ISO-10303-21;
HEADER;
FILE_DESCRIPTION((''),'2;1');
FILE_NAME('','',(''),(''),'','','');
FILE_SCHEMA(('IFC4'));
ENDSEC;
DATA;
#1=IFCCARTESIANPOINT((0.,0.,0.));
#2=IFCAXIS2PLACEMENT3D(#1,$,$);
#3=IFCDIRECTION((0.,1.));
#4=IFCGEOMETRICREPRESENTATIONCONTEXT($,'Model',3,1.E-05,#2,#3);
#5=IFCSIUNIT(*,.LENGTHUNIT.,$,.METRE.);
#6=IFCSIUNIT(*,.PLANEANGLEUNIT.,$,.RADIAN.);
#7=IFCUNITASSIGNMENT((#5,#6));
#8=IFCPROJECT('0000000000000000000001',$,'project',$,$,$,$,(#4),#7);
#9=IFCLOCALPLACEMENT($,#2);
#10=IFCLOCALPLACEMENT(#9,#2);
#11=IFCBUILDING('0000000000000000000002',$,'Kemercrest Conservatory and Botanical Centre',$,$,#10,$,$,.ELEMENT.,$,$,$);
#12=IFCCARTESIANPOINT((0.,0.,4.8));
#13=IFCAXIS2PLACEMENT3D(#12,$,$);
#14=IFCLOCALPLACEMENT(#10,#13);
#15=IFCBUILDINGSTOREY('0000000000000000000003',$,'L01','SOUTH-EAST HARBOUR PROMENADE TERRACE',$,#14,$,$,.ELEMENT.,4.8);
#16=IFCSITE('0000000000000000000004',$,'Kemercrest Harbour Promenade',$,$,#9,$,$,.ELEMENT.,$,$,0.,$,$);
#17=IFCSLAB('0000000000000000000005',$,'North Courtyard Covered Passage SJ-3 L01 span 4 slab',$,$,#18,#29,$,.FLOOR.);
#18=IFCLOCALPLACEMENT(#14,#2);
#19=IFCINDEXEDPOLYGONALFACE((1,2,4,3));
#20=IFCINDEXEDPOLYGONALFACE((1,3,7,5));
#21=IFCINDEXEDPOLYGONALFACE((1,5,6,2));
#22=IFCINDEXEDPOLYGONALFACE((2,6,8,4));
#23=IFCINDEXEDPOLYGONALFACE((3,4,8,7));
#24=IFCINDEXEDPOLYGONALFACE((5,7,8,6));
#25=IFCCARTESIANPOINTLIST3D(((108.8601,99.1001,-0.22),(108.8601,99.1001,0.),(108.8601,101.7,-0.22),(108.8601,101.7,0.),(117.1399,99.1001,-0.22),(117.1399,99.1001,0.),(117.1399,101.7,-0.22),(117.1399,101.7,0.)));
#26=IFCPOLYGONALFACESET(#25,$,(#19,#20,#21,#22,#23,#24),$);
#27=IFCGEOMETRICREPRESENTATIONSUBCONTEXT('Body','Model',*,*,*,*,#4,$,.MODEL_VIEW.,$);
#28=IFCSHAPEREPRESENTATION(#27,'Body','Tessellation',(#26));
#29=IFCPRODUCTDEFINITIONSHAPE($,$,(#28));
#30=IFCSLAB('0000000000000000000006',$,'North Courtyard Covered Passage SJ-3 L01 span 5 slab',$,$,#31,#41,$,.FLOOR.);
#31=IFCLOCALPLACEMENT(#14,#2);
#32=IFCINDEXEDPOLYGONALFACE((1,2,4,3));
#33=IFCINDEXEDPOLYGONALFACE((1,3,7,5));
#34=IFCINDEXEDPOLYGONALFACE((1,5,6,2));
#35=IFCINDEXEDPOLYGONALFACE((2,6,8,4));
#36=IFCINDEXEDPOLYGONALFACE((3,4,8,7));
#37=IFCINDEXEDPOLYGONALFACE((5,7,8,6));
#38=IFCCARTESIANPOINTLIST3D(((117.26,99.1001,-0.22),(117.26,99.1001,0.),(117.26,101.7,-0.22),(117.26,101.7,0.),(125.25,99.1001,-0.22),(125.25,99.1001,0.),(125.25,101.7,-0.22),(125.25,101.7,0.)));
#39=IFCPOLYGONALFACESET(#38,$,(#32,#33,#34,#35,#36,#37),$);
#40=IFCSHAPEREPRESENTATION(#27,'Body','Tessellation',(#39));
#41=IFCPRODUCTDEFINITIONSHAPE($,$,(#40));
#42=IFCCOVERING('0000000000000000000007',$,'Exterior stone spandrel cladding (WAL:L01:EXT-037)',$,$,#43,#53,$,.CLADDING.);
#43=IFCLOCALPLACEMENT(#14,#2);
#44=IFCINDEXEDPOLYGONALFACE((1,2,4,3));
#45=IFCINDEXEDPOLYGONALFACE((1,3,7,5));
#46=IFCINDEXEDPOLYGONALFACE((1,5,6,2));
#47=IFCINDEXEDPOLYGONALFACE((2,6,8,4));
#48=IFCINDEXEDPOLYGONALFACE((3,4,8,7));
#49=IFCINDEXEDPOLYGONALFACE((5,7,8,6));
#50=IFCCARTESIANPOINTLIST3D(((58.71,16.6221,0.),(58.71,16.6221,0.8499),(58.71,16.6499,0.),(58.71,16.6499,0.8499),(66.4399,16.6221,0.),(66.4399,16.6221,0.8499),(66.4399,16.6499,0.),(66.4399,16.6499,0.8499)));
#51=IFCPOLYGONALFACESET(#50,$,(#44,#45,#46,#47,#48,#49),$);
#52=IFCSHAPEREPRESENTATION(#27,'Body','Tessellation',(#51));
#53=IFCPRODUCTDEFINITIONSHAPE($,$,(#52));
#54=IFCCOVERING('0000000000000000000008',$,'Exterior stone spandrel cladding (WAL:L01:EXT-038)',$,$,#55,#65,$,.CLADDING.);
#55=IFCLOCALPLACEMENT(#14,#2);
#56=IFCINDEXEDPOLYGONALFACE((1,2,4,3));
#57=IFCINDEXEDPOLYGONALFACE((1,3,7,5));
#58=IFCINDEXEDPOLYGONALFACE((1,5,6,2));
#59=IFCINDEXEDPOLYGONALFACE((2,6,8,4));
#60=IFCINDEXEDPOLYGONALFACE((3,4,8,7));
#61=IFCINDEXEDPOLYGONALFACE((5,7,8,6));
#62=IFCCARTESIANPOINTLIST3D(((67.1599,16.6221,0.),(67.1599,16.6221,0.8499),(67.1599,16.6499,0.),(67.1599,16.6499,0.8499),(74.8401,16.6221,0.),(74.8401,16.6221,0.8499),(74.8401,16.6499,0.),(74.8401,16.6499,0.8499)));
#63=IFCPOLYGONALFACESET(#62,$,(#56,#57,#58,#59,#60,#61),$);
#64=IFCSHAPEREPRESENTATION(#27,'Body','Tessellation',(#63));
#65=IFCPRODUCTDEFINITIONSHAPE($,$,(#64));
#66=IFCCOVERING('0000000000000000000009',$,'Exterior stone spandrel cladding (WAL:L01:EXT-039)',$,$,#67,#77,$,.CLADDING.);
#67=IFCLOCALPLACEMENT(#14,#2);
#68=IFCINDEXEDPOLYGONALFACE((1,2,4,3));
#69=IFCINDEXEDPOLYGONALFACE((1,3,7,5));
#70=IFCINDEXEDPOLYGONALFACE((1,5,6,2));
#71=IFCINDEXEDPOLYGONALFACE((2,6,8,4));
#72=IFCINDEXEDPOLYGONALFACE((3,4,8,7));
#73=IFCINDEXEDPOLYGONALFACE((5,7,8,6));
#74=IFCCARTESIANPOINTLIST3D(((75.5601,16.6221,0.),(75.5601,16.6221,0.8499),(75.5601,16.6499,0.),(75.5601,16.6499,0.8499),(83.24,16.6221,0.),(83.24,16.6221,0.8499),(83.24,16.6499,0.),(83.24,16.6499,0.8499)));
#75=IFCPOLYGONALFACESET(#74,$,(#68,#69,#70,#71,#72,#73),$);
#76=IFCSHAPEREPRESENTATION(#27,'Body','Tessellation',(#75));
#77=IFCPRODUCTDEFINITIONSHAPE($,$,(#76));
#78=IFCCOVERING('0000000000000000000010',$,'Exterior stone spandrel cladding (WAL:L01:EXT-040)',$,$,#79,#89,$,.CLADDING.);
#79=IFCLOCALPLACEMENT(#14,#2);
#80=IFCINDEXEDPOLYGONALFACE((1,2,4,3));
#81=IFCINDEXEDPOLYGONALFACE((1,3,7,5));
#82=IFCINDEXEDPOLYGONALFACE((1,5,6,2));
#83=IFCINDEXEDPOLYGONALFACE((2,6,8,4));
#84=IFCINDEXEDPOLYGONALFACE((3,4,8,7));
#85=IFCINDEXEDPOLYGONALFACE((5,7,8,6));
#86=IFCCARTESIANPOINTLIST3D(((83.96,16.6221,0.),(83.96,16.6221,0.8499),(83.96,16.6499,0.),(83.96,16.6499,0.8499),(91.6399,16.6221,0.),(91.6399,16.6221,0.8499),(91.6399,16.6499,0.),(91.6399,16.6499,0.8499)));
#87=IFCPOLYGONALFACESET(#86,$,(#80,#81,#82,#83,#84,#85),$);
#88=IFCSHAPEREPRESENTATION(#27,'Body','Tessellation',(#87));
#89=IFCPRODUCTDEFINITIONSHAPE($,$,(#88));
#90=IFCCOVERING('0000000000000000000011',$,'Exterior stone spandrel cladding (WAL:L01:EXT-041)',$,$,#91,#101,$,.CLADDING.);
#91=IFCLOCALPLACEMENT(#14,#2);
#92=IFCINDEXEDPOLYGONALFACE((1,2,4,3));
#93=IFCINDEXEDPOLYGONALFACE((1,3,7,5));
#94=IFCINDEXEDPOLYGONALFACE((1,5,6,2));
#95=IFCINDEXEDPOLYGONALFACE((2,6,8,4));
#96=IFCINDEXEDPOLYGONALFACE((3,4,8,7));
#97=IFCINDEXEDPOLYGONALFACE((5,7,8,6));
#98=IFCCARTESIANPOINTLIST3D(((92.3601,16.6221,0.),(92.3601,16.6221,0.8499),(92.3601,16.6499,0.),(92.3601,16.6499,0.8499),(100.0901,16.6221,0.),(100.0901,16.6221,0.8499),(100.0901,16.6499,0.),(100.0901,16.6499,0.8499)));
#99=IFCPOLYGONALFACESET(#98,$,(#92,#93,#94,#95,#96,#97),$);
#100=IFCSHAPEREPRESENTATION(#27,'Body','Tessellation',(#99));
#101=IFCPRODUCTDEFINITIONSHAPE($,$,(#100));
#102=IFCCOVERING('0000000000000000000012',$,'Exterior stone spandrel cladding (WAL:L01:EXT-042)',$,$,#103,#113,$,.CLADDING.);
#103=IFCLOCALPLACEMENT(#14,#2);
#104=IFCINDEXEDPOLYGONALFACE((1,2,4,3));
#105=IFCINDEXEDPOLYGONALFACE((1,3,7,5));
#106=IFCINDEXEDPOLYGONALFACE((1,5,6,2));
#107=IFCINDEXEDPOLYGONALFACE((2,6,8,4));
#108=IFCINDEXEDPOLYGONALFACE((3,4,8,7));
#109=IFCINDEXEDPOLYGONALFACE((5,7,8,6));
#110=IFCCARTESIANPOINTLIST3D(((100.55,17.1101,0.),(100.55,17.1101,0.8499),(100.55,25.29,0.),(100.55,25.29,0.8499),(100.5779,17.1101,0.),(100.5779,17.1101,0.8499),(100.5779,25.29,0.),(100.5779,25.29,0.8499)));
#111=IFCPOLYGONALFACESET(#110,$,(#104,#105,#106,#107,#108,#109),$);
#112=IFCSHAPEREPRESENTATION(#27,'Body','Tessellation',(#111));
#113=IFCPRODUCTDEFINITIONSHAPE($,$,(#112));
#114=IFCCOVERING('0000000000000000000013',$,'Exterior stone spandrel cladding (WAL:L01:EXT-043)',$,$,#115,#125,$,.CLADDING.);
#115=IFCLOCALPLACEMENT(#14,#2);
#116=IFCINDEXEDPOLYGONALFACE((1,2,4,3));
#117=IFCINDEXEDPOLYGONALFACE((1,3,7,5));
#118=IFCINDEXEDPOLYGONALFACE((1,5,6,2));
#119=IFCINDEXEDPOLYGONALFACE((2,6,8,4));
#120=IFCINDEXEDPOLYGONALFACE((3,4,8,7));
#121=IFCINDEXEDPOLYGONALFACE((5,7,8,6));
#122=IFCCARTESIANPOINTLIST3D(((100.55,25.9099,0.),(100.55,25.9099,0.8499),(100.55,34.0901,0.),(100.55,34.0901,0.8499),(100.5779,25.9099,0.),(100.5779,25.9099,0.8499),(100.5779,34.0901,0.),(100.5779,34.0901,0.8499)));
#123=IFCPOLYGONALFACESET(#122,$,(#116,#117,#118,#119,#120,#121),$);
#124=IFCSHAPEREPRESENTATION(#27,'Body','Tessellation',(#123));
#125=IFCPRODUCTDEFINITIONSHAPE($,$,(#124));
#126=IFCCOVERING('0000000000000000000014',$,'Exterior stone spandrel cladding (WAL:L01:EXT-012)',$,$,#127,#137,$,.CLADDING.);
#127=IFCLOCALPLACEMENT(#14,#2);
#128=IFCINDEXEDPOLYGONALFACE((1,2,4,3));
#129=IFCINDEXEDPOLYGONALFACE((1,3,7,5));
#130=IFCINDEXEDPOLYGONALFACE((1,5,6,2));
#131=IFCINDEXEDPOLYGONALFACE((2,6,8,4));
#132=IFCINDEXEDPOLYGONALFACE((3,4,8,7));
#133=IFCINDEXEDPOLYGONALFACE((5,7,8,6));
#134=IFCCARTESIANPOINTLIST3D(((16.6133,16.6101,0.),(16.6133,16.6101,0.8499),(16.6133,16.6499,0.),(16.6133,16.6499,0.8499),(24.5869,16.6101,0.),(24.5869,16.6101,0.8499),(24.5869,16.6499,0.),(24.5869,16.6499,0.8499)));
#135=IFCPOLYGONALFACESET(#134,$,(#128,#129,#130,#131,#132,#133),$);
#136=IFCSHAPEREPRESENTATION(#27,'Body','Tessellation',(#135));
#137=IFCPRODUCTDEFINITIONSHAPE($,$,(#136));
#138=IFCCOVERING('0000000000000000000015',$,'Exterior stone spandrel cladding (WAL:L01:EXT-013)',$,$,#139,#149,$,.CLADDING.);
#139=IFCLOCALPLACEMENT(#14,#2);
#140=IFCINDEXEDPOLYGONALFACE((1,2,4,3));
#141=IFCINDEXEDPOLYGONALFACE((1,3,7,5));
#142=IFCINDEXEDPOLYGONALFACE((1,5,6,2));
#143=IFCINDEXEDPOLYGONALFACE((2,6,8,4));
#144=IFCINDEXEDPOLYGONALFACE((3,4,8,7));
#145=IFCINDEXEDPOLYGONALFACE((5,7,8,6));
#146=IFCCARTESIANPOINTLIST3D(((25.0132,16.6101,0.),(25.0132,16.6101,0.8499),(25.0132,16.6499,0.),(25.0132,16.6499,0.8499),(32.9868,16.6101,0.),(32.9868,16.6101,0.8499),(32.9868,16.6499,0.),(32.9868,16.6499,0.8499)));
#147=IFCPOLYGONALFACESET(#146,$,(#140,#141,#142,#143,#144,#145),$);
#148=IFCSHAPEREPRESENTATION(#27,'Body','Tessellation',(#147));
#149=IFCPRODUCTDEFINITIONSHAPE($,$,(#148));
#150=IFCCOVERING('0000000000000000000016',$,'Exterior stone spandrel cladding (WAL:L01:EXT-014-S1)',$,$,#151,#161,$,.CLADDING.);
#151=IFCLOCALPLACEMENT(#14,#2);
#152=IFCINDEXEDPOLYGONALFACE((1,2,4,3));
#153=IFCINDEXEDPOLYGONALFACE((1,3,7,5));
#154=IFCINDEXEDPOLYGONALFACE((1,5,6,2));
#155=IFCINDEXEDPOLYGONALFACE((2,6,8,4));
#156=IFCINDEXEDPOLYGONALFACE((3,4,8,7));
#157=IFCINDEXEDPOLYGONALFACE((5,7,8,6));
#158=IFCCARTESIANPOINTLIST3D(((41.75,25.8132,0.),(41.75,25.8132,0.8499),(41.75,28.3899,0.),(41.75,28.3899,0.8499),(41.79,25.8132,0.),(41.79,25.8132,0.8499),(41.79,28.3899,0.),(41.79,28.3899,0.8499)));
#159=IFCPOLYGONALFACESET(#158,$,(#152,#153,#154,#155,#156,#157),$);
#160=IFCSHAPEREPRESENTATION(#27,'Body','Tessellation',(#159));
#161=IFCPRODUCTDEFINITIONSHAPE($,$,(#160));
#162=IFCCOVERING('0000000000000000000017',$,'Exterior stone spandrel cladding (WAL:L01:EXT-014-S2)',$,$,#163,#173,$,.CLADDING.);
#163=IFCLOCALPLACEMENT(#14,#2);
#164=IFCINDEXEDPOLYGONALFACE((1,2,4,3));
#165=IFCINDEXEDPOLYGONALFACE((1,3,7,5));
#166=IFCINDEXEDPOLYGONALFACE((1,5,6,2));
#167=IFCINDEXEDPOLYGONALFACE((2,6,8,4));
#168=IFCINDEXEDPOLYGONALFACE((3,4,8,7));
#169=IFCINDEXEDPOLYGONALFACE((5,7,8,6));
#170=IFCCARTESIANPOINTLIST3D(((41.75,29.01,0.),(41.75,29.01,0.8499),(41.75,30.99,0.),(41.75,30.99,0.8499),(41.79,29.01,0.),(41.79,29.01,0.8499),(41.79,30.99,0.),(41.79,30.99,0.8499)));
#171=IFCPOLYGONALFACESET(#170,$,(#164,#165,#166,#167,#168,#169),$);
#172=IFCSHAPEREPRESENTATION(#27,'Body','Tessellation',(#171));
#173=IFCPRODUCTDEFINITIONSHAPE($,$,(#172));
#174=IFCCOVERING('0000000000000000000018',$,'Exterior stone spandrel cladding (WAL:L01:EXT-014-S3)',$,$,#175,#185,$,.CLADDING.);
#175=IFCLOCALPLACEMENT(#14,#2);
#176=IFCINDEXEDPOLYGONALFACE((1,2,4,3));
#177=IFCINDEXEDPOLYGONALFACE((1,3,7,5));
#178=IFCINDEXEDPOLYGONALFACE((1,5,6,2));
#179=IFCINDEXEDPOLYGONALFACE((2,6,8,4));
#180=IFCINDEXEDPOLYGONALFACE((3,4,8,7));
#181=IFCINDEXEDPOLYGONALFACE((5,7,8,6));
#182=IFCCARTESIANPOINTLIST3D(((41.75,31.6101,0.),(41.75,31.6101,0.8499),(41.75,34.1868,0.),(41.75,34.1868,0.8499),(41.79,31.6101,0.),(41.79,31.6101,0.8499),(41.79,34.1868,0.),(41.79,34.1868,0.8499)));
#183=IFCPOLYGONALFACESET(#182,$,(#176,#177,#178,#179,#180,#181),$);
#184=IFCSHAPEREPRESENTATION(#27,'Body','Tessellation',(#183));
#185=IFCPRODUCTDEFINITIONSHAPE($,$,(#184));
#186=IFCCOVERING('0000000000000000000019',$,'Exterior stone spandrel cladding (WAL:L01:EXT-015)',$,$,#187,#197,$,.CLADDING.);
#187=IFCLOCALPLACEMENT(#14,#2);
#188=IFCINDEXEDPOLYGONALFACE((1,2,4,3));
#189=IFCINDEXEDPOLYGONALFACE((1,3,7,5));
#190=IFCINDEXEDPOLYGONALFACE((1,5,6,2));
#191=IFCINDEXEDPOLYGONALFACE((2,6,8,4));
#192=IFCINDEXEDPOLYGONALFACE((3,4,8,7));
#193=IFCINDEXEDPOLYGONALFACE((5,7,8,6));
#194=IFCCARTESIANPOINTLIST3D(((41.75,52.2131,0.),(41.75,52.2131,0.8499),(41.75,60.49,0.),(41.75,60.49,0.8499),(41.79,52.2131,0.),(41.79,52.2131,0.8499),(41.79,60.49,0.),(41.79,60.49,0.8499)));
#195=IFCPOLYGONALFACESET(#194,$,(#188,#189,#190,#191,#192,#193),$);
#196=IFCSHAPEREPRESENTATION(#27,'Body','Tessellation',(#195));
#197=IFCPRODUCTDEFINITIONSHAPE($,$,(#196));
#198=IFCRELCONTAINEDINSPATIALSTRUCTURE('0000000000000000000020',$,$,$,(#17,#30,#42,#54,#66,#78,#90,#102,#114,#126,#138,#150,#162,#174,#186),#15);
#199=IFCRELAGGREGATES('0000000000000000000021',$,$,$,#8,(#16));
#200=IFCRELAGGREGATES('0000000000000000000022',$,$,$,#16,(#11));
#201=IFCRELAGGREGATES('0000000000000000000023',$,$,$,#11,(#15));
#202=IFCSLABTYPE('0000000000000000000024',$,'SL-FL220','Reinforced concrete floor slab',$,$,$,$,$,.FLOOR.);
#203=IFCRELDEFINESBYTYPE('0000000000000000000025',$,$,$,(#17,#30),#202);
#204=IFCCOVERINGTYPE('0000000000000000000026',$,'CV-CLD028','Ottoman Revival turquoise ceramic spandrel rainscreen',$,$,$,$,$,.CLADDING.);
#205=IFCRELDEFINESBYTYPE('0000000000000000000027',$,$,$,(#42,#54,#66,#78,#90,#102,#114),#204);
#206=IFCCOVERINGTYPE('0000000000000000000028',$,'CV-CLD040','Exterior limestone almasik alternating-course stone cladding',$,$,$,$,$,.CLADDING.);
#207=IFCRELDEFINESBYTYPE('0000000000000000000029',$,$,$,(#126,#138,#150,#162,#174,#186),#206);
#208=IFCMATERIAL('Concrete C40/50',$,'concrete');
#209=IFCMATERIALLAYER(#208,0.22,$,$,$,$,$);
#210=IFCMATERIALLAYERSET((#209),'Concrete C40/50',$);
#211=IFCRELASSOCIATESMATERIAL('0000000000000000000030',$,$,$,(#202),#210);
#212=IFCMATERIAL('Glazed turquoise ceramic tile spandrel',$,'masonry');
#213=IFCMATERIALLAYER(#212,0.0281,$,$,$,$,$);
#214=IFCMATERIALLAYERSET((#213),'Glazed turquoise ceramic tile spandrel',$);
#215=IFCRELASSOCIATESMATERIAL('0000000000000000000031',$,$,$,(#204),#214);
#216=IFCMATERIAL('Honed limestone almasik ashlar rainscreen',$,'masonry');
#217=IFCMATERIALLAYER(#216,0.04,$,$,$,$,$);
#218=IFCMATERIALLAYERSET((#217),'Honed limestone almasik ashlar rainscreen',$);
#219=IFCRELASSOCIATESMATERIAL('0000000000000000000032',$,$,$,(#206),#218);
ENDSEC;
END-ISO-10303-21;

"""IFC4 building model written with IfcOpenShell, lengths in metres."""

from ifc_helpers import new_model, si_unit, direction, frame, origin, place, context, subcontext, project, spatial, polyline, outline, extrude, material, layer, layer_set, type_object, element, save


model = new_model("IFC4")

# Units and contexts
model_context = context("Model", 3, precision=1e-05, world=origin(), true_north=direction((0.0, 1.0)))
body_context = subcontext(model_context, "Body", "Model", "MODEL_VIEW")
ifc_project = project(units=[si_unit("LENGTHUNIT", "METRE"), si_unit("PLANEANGLEUNIT", "RADIAN")], contexts=[model_context])

# Site, building, storey
site_placement = place(None, origin())
site = spatial("IfcSite", under=ifc_project, at=site_placement, Name="Kemercrest Harbour Promenade", CompositionType="ELEMENT", RefElevation=0.0)
building_placement = place(site_placement, origin())
building = spatial("IfcBuilding", under=site, at=building_placement, Name="Kemercrest Conservatory and Botanical Centre", CompositionType="ELEMENT")
storey_placement = place(building_placement, frame((0.0, 0.0, 4.8)))
storey = spatial("IfcBuildingStorey", under=building, at=storey_placement, Name="L01", Description="SOUTH-EAST HARBOUR PROMENADE TERRACE", CompositionType="ELEMENT", Elevation=4.8)

# Slabs
ifc_material_1 = material(Name="Concrete C40/50", Category="concrete")
ifc_layer_1 = layer(ifc_material_1, 0.22)
ifc_layer_set_1 = layer_set([ifc_layer_1], Name="Concrete C40/50")
slab_type = type_object("IfcSlabType", Name="SL-FL220", Description="Reinforced concrete floor slab", PredefinedType="FLOOR", material=ifc_layer_set_1)
slab_1_placement = place(storey_placement, frame((0.0, 0.0, -0.22)))
element("IfcSlab", 1, at=slab_1_placement, inside=storey, type_object=slab_type, Name="North Courtyard Covered Passage SJ-3 L01 span 4 slab", PredefinedType="FLOOR", context=body_context, shape_type="SweptSolid", body=[
    extrude(outline(polyline([(108.8601, 99.1001), (117.1399, 99.1001), (117.1399, 101.7), (108.8601, 101.7), (108.8601, 99.1001)])), origin(), (0.0, 0.0, 1.0), 0.22),
])
slab_2_placement = place(storey_placement, frame((0.0, 0.0, -0.22)))
element("IfcSlab", 2, at=slab_2_placement, inside=storey, type_object=slab_type, Name="North Courtyard Covered Passage SJ-3 L01 span 5 slab", PredefinedType="FLOOR", context=body_context, shape_type="SweptSolid", body=[
    extrude(outline(polyline([(117.26, 99.1001), (125.25, 99.1001), (125.25, 101.7), (117.26, 101.7), (117.26, 99.1001)])), origin(), (0.0, 0.0, 1.0), 0.22),
])

# Coverings
ifc_material_2 = material(Name="Glazed turquoise ceramic tile spandrel", Category="masonry")
ifc_layer_2 = layer(ifc_material_2, 0.0281)
ifc_layer_set_2 = layer_set([ifc_layer_2], Name="Glazed turquoise ceramic tile spandrel")
covering_type_1 = type_object("IfcCoveringType", Name="CV-CLD028", Description="Ottoman Revival turquoise ceramic spandrel rainscreen", PredefinedType="CLADDING", material=ifc_layer_set_2)
covering_1_placement = place(storey_placement, origin())
element("IfcCovering", 3, at=covering_1_placement, inside=storey, type_object=covering_type_1, Name="Exterior stone spandrel cladding (WAL:L01:EXT-037)", PredefinedType="CLADDING", context=body_context, shape_type="SweptSolid", body=[
    extrude(outline(polyline([(58.71, 16.6499), (58.71, 16.6221), (66.4399, 16.6221), (66.4399, 16.6499), (58.71, 16.6499)])), origin(), (0.0, 0.0, 1.0), 0.8499),
])
covering_2_placement = place(storey_placement, origin())
element("IfcCovering", 4, at=covering_2_placement, inside=storey, type_object=covering_type_1, Name="Exterior stone spandrel cladding (WAL:L01:EXT-038)", PredefinedType="CLADDING", context=body_context, shape_type="SweptSolid", body=[
    extrude(outline(polyline([(67.1599, 16.6499), (67.1599, 16.6221), (74.8401, 16.6221), (74.8401, 16.6499), (67.1599, 16.6499)])), origin(), (0.0, 0.0, 1.0), 0.8499),
])
covering_3_placement = place(storey_placement, origin())
element("IfcCovering", 5, at=covering_3_placement, inside=storey, type_object=covering_type_1, Name="Exterior stone spandrel cladding (WAL:L01:EXT-039)", PredefinedType="CLADDING", context=body_context, shape_type="SweptSolid", body=[
    extrude(outline(polyline([(75.5601, 16.6499), (75.5601, 16.6221), (83.24, 16.6221), (83.24, 16.6499), (75.5601, 16.6499)])), origin(), (0.0, 0.0, 1.0), 0.8499),
])
covering_4_placement = place(storey_placement, origin())
element("IfcCovering", 6, at=covering_4_placement, inside=storey, type_object=covering_type_1, Name="Exterior stone spandrel cladding (WAL:L01:EXT-040)", PredefinedType="CLADDING", context=body_context, shape_type="SweptSolid", body=[
    extrude(outline(polyline([(83.96, 16.6499), (83.96, 16.6221), (91.6399, 16.6221), (91.6399, 16.6499), (83.96, 16.6499)])), origin(), (0.0, 0.0, 1.0), 0.8499),
])
covering_5_placement = place(storey_placement, origin())
element("IfcCovering", 7, at=covering_5_placement, inside=storey, type_object=covering_type_1, Name="Exterior stone spandrel cladding (WAL:L01:EXT-041)", PredefinedType="CLADDING", context=body_context, shape_type="SweptSolid", body=[
    extrude(outline(polyline([(92.3601, 16.6499), (92.3601, 16.6221), (100.0901, 16.6221), (100.0901, 16.6499), (92.3601, 16.6499)])), origin(), (0.0, 0.0, 1.0), 0.8499),
])
covering_6_placement = place(storey_placement, origin())
element("IfcCovering", 8, at=covering_6_placement, inside=storey, type_object=covering_type_1, Name="Exterior stone spandrel cladding (WAL:L01:EXT-042)", PredefinedType="CLADDING", context=body_context, shape_type="SweptSolid", body=[
    extrude(outline(polyline([(100.55, 17.1101), (100.5779, 17.1101), (100.5779, 25.29), (100.55, 25.29), (100.55, 17.1101)])), origin(), (0.0, 0.0, 1.0), 0.8499),
])
covering_7_placement = place(storey_placement, origin())
element("IfcCovering", 9, at=covering_7_placement, inside=storey, type_object=covering_type_1, Name="Exterior stone spandrel cladding (WAL:L01:EXT-043)", PredefinedType="CLADDING", context=body_context, shape_type="SweptSolid", body=[
    extrude(outline(polyline([(100.55, 25.9099), (100.5779, 25.9099), (100.5779, 34.0901), (100.55, 34.0901), (100.55, 25.9099)])), origin(), (0.0, 0.0, 1.0), 0.8499),
])
ifc_material_3 = material(Name="Honed limestone almasik ashlar rainscreen", Category="masonry")
ifc_layer_3 = layer(ifc_material_3, 0.04)
ifc_layer_set_3 = layer_set([ifc_layer_3], Name="Honed limestone almasik ashlar rainscreen")
covering_type_2 = type_object("IfcCoveringType", Name="CV-CLD040", Description="Exterior limestone almasik alternating-course stone cladding", PredefinedType="CLADDING", material=ifc_layer_set_3)
covering_8_placement = place(storey_placement, origin())
element("IfcCovering", 10, at=covering_8_placement, inside=storey, type_object=covering_type_2, Name="Exterior stone spandrel cladding (WAL:L01:EXT-012)", PredefinedType="CLADDING", context=body_context, shape_type="SweptSolid", body=[
    extrude(outline(polyline([(16.6133, 16.6499), (16.6133, 16.6101), (24.5869, 16.6101), (24.5869, 16.6499), (16.6133, 16.6499)])), origin(), (0.0, 0.0, 1.0), 0.8499),
])
covering_9_placement = place(storey_placement, origin())
element("IfcCovering", 11, at=covering_9_placement, inside=storey, type_object=covering_type_2, Name="Exterior stone spandrel cladding (WAL:L01:EXT-013)", PredefinedType="CLADDING", context=body_context, shape_type="SweptSolid", body=[
    extrude(outline(polyline([(25.0132, 16.6499), (25.0132, 16.6101), (32.9868, 16.6101), (32.9868, 16.6499), (25.0132, 16.6499)])), origin(), (0.0, 0.0, 1.0), 0.8499),
])
covering_10_placement = place(storey_placement, origin())
element("IfcCovering", 12, at=covering_10_placement, inside=storey, type_object=covering_type_2, Name="Exterior stone spandrel cladding (WAL:L01:EXT-014-S1)", PredefinedType="CLADDING", context=body_context, shape_type="SweptSolid", body=[
    extrude(outline(polyline([(41.75, 25.8132), (41.79, 25.8132), (41.79, 28.3899), (41.75, 28.3899), (41.75, 25.8132)])), origin(), (0.0, 0.0, 1.0), 0.8499),
])
covering_11_placement = place(storey_placement, origin())
element("IfcCovering", 13, at=covering_11_placement, inside=storey, type_object=covering_type_2, Name="Exterior stone spandrel cladding (WAL:L01:EXT-014-S2)", PredefinedType="CLADDING", context=body_context, shape_type="SweptSolid", body=[
    extrude(outline(polyline([(41.75, 29.01), (41.79, 29.01), (41.79, 30.99), (41.75, 30.99), (41.75, 29.01)])), origin(), (0.0, 0.0, 1.0), 0.8499),
])
covering_12_placement = place(storey_placement, origin())
element("IfcCovering", 14, at=covering_12_placement, inside=storey, type_object=covering_type_2, Name="Exterior stone spandrel cladding (WAL:L01:EXT-014-S3)", PredefinedType="CLADDING", context=body_context, shape_type="SweptSolid", body=[
    extrude(outline(polyline([(41.75, 31.6101), (41.79, 31.6101), (41.79, 34.1868), (41.75, 34.1868), (41.75, 31.6101)])), origin(), (0.0, 0.0, 1.0), 0.8499),
])
covering_13_placement = place(storey_placement, origin())
element("IfcCovering", 15, at=covering_13_placement, inside=storey, type_object=covering_type_2, Name="Exterior stone spandrel cladding (WAL:L01:EXT-015)", PredefinedType="CLADDING", context=body_context, shape_type="SweptSolid", body=[
    extrude(outline(polyline([(41.75, 52.2131), (41.79, 52.2131), (41.79, 60.49), (41.75, 60.49), (41.75, 52.2131)])), origin(), (0.0, 0.0, 1.0), 0.8499),
])

save(model, "model.ifc")
